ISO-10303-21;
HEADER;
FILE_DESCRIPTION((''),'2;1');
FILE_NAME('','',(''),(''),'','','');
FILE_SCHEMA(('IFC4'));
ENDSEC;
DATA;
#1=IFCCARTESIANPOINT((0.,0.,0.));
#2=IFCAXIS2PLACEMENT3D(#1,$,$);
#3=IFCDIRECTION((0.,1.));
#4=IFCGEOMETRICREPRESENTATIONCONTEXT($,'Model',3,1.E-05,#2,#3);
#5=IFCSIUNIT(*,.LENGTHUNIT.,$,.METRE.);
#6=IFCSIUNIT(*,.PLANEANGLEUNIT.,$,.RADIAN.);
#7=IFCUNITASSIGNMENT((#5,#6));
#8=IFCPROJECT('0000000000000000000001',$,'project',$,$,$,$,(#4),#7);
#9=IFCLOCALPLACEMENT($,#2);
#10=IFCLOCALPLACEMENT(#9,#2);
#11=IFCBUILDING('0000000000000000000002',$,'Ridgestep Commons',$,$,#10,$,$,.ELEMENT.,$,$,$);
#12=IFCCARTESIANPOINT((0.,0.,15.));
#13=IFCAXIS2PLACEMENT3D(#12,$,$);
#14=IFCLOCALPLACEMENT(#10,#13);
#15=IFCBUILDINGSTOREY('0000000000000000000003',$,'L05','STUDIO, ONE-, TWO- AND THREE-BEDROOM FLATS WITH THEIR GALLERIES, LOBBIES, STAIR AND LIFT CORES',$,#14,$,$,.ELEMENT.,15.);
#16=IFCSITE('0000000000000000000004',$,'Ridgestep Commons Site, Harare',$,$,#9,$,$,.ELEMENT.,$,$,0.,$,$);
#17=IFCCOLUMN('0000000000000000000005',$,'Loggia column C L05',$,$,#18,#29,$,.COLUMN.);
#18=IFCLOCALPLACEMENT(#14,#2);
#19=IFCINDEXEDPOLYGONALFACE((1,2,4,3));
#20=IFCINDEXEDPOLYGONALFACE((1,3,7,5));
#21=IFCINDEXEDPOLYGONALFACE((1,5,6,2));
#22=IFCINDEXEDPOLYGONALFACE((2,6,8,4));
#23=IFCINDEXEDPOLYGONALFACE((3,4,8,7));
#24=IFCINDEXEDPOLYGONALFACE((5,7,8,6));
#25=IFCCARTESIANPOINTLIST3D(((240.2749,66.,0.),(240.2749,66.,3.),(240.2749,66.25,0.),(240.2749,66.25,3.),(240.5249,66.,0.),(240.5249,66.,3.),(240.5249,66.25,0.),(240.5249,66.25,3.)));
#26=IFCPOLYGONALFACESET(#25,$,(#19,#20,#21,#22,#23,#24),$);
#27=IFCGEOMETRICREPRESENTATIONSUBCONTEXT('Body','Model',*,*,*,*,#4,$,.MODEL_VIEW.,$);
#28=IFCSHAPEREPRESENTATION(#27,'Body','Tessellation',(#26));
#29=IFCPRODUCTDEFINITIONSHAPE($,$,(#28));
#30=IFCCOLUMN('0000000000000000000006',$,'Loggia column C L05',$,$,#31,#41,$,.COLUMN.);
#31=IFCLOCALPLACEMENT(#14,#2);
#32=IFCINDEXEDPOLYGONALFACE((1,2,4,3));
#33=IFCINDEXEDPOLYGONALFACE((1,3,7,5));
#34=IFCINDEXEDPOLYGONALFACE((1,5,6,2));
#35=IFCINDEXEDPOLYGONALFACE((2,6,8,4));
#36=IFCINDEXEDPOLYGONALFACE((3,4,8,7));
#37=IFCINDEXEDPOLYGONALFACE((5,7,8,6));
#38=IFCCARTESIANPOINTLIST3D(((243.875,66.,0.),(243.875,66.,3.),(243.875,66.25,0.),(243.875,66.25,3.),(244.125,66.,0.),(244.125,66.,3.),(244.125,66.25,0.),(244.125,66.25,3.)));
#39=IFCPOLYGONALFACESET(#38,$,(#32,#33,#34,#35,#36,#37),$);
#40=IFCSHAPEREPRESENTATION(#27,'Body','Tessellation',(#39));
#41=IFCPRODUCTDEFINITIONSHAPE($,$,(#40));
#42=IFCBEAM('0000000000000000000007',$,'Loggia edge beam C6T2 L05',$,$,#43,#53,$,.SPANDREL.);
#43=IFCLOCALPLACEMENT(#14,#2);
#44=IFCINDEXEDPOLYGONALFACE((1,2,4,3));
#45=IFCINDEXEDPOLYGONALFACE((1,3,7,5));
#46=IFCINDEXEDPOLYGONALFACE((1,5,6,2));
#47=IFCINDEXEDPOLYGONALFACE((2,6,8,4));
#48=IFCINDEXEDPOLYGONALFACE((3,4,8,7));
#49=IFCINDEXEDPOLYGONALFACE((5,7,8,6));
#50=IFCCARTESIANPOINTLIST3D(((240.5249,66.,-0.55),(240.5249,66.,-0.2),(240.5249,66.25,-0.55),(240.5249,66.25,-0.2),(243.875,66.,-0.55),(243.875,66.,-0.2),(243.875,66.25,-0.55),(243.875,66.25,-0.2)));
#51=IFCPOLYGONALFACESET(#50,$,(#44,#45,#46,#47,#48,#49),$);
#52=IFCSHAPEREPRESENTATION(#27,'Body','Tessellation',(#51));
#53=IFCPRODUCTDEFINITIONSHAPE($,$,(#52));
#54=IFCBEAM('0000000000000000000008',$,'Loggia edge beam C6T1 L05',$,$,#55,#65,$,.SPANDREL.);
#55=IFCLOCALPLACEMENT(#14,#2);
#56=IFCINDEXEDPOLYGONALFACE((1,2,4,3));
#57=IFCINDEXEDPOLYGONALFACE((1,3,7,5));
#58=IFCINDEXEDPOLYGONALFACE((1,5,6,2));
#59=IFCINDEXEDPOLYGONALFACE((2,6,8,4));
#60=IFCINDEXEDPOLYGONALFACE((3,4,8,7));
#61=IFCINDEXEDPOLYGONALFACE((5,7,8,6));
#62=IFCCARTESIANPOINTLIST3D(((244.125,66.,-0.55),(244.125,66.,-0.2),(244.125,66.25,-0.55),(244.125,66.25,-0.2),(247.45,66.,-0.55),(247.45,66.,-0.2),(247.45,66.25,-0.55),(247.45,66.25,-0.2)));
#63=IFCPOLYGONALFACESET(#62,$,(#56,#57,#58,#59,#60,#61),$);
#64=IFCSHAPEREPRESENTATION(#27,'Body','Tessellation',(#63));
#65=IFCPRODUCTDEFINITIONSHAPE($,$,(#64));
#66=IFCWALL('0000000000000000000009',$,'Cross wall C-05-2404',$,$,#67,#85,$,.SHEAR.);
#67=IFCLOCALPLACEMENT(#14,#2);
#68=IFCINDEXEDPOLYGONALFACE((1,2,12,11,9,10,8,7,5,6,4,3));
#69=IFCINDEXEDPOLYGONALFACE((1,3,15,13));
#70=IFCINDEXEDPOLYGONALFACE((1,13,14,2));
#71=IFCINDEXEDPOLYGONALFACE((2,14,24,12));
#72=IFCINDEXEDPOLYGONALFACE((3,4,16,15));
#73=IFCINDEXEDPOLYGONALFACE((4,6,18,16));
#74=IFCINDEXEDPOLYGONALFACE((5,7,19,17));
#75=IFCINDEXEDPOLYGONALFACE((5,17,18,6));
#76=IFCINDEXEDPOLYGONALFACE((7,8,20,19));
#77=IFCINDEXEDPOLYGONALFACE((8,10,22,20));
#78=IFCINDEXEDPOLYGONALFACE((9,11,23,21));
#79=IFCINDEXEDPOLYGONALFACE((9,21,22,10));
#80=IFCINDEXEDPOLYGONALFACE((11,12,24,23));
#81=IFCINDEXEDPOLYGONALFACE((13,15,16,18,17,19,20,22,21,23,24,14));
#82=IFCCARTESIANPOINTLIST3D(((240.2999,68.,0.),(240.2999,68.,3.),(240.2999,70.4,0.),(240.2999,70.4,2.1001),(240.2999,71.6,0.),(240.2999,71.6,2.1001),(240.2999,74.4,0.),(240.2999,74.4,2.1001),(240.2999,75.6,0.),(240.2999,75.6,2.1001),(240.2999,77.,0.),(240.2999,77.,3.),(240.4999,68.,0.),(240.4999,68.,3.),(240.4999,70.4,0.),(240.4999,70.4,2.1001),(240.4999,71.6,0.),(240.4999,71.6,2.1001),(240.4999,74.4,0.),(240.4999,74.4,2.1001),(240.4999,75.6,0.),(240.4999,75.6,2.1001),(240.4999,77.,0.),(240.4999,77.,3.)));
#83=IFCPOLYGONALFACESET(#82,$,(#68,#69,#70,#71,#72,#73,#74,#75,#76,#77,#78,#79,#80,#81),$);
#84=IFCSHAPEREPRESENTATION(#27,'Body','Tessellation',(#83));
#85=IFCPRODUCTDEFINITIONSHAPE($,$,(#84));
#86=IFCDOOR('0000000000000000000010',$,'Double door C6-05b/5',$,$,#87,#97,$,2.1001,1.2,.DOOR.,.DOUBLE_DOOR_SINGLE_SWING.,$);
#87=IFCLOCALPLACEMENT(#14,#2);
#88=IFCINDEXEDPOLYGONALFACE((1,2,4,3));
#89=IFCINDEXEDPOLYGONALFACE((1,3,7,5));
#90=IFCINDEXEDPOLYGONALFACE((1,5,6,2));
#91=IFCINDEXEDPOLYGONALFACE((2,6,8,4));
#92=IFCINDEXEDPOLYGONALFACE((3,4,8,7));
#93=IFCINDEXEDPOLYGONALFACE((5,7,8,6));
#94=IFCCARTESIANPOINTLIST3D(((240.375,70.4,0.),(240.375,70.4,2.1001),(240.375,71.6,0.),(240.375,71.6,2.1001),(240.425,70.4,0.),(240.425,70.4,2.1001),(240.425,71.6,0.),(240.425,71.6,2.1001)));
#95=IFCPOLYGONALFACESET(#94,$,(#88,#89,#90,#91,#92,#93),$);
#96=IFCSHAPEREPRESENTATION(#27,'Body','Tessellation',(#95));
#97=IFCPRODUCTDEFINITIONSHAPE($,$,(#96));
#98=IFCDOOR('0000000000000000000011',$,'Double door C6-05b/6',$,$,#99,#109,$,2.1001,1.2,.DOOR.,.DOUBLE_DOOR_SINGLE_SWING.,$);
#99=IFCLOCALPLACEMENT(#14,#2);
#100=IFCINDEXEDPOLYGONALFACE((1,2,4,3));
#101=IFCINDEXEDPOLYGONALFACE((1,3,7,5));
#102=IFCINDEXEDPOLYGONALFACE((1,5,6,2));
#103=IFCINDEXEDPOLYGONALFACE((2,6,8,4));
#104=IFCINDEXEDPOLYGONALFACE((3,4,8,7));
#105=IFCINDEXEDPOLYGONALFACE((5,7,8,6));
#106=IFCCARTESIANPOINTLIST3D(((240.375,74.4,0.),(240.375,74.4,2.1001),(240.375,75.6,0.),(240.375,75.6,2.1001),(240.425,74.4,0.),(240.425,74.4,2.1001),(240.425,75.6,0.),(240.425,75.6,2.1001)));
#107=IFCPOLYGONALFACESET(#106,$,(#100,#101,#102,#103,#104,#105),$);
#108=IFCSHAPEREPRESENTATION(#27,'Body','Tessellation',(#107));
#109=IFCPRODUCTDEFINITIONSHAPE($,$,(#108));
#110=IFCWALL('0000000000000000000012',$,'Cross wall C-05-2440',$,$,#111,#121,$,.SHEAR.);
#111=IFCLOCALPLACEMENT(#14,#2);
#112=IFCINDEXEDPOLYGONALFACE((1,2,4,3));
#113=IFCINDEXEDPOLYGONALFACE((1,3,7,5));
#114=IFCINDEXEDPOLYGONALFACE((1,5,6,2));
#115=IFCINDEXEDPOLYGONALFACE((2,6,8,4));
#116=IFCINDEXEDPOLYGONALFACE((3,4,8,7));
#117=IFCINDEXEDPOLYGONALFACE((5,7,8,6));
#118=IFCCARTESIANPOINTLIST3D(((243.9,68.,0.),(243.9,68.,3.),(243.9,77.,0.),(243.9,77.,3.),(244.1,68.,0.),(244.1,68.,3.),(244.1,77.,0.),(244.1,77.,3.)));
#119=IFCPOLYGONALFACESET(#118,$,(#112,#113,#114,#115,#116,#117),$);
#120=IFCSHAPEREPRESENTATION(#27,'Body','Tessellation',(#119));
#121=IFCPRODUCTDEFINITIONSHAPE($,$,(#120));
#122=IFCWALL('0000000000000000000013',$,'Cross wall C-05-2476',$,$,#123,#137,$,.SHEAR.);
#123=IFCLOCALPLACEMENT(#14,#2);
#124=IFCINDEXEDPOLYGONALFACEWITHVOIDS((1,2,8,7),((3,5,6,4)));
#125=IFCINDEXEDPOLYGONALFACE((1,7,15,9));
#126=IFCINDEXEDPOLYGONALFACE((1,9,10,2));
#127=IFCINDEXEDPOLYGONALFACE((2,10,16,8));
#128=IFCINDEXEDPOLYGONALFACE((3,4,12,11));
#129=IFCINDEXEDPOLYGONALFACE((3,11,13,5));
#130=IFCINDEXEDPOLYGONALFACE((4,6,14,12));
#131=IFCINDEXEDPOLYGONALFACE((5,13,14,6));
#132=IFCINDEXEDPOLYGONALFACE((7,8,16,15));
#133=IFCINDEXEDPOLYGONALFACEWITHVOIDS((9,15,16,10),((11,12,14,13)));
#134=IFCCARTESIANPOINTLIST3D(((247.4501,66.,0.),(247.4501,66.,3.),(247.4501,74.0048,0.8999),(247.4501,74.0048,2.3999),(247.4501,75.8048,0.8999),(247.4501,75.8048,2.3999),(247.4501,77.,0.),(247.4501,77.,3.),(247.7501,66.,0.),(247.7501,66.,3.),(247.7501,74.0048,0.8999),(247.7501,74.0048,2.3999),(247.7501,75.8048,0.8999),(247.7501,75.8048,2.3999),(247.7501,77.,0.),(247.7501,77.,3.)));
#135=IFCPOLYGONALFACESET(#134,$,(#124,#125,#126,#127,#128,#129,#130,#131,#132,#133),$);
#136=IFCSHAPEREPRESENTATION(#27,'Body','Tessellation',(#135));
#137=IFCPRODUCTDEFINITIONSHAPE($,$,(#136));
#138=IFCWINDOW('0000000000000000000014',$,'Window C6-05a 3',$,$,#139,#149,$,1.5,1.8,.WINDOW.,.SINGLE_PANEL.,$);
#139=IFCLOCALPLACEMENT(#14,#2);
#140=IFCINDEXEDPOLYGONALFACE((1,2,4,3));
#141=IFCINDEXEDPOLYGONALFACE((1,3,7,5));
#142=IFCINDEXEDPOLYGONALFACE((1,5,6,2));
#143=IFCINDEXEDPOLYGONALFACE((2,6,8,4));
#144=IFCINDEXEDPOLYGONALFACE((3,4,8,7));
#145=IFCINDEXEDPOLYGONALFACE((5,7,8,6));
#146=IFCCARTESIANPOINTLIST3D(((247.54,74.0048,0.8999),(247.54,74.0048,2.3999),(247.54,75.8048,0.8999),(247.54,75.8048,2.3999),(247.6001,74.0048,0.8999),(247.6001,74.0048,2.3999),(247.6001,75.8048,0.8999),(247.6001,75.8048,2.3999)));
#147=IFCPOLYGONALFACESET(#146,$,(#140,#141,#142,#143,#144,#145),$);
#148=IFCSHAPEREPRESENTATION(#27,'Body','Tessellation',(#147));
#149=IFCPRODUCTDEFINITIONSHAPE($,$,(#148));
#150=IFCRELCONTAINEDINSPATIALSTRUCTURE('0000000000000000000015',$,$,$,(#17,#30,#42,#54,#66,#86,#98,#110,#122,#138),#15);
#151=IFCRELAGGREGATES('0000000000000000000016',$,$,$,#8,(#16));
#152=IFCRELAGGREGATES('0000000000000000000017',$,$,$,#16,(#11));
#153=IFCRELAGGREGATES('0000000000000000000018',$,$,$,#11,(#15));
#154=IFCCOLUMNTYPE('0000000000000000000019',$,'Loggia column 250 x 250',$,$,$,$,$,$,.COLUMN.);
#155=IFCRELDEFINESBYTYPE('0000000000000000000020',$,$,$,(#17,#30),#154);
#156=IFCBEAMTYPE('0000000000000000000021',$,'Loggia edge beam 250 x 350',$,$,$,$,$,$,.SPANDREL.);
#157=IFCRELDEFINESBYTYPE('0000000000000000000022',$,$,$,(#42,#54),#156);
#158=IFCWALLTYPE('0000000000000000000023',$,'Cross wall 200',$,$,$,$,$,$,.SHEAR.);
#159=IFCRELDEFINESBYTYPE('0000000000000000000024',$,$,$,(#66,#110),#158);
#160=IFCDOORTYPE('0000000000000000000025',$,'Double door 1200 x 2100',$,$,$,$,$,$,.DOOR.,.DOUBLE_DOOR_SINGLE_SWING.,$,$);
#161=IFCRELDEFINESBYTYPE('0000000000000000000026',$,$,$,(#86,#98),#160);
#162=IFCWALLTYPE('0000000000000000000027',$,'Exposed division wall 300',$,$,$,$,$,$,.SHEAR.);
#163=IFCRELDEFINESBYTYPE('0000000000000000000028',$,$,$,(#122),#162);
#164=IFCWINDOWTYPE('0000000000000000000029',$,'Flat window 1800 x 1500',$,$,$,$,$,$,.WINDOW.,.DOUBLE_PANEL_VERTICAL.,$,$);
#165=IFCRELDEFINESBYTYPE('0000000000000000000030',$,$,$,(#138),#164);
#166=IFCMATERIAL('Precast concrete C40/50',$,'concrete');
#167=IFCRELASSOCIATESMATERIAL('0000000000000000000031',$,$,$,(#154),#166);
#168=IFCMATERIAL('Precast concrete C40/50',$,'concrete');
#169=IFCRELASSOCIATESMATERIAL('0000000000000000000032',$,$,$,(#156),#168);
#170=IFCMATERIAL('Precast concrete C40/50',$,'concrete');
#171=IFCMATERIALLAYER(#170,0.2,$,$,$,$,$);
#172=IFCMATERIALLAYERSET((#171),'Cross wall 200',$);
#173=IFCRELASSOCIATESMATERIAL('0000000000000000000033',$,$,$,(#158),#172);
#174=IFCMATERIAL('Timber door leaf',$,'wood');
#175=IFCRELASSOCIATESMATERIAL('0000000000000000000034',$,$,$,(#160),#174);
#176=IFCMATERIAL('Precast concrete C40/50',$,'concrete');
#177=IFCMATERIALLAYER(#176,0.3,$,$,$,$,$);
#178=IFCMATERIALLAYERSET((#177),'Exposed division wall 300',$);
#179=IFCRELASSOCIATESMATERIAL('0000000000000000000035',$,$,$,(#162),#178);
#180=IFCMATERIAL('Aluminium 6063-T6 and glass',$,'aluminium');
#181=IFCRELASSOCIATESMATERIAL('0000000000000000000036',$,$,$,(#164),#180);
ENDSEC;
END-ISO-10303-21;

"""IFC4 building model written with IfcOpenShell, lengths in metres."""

from ifc_helpers import new_model, si_unit, direction, frame, frame_2d, origin, origin_2d, place, context, subcontext, project, spatial, rectangle, extrude, material, layer, layer_set, material_profile, profile_set, type_object, element, fill, save


model = new_model("IFC4")

# Units and contexts
model_context = context("Model", 3, precision=1e-05, world=origin(), true_north=direction((0.0, 1.0)))
body_context = subcontext(model_context, "Body", "Model", "MODEL_VIEW")
ifc_project = project(units=[si_unit("LENGTHUNIT", "METRE"), si_unit("PLANEANGLEUNIT", "RADIAN")], contexts=[model_context])

# Site, building, storey
site_placement = place(None, origin())
site = spatial("IfcSite", under=ifc_project, at=site_placement, Name="Ridgestep Commons Site, Harare", CompositionType="ELEMENT", RefElevation=0.0)
building_placement = place(site_placement, origin())
building = spatial("IfcBuilding", under=site, at=building_placement, Name="Ridgestep Commons", CompositionType="ELEMENT")
storey_placement = place(building_placement, frame((0.0, 0.0, 15.0)))
storey = spatial("IfcBuildingStorey", under=building, at=storey_placement, Name="L05", Description="STUDIO, ONE-, TWO- AND THREE-BEDROOM FLATS WITH THEIR GALLERIES, LOBBIES, STAIR AND LIFT CORES", CompositionType="ELEMENT", Elevation=15.0)

# Columns
ifc_material_1 = material(Name="Precast concrete C40/50", Category="concrete")
ifc_material_profile_1 = material_profile(ifc_material_1, rectangle(XDim=0.25, YDim=0.25, at=origin_2d()), Name="PC 250x250")
ifc_profile_set_1 = profile_set([ifc_material_profile_1], Name="Precast concrete C40/50")
column_type = type_object("IfcColumnType", Name="Loggia column 250 x 250", PredefinedType="COLUMN", material=ifc_profile_set_1)
for number, where, z_axis, x_axis, name in (
    (1, (240.3999, 66.125, 0.0), (0.0, 0.0, 1.0), (1.0, 0.0, 0.0), "Loggia column C L05"),
    (2, (244.0, 66.125, 0.0), (0.0, 0.0, 1.0), (1.0, 0.0, 0.0), "Loggia column C L05"),
):
    element("IfcColumn", number, at=place(storey_placement, frame(where, z_axis=z_axis, x_axis=x_axis)), inside=storey, type_object=column_type, Name=name, PredefinedType="COLUMN", context=body_context, shape_type="SweptSolid", body=[
        extrude(rectangle(XDim=0.25, YDim=0.25, at=origin_2d()), origin(), (0.0, 0.0, 1.0), 3.0),
    ])

# Beams
ifc_material_2 = material(Name="Precast concrete C40/50", Category="concrete")
ifc_material_profile_2 = material_profile(ifc_material_2, rectangle(XDim=0.25, YDim=0.3501, at=origin_2d()), Name="PC 250x350")
ifc_profile_set_2 = profile_set([ifc_material_profile_2], Name="Precast concrete C40/50")
beam_type = type_object("IfcBeamType", Name="Loggia edge beam 250 x 350", PredefinedType="SPANDREL", material=ifc_profile_set_2)
beam_1_placement = place(storey_placement, frame((240.5249, 66.125, -0.375), z_axis=(1.0, 0.0, 0.0), x_axis=(0.0, 1.0, 0.0)))
element("IfcBeam", 3, at=beam_1_placement, inside=storey, type_object=beam_type, Name="Loggia edge beam C6T2 L05", PredefinedType="SPANDREL", context=body_context, shape_type="SweptSolid", body=[
    extrude(rectangle(XDim=0.25, YDim=0.3501, at=origin_2d()), origin(), (0.0, 0.0, 1.0), 3.3501),
])
beam_2_placement = place(storey_placement, frame((244.125, 66.125, -0.375), z_axis=(1.0, 0.0, 0.0), x_axis=(0.0, 1.0, 0.0)))
element("IfcBeam", 4, at=beam_2_placement, inside=storey, type_object=beam_type, Name="Loggia edge beam C6T1 L05", PredefinedType="SPANDREL", context=body_context, shape_type="SweptSolid", body=[
    extrude(rectangle(XDim=0.25, YDim=0.3501, at=origin_2d()), origin(), (0.0, 0.0, 1.0), 3.325),
])

# Wall, openings, doors
ifc_material_3 = material(Name="Precast concrete C40/50", Category="concrete")
ifc_layer_1 = layer(ifc_material_3, 0.2)
ifc_layer_set_1 = layer_set([ifc_layer_1], Name="Cross wall 200")
wall_type_1 = type_object("IfcWallType", Name="Cross wall 200", PredefinedType="SHEAR", material=ifc_layer_set_1)
wall_1_placement = place(storey_placement, frame((240.3999, 68.0, 0.0), z_axis=(0.0, 0.0, 1.0), x_axis=(0.0, 1.0, 0.0)))
wall_1 = element("IfcWall", 5, at=wall_1_placement, inside=storey, type_object=wall_type_1, Name="Cross wall C-05-2404", PredefinedType="SHEAR", context=body_context, shape_type="SweptSolid", body=[
    extrude(rectangle(XDim=9.0, YDim=0.2, at=frame_2d((4.5, 0.0))), origin(), (0.0, 0.0, 1.0), 3.0),
])
opening_1_placement = place(wall_1_placement, frame((2.3999, 0.0, 0.0)))
opening_1 = element("IfcOpeningElement", 6, at=opening_1_placement, cuts=wall_1, PredefinedType="OPENING", context=body_context, shape_type="SweptSolid", body=[
    extrude(rectangle(XDim=1.2, YDim=2.1001, at=frame_2d((0.6001, 1.05))), frame((0.0, 0.1099, 0.0), z_axis=(0.0, -1.0, 0.0), x_axis=(1.0, 0.0, 0.0)), (0.0, 0.0, 1.0), 0.22),
])
opening_2_placement = place(wall_1_placement, frame((6.3999, 0.0, 0.0)))
opening_2 = element("IfcOpeningElement", 7, at=opening_2_placement, cuts=wall_1, PredefinedType="OPENING", context=body_context, shape_type="SweptSolid", body=[
    extrude(rectangle(XDim=1.2, YDim=2.1001, at=frame_2d((0.6001, 1.05))), frame((0.0, 0.1099, 0.0), z_axis=(0.0, -1.0, 0.0), x_axis=(1.0, 0.0, 0.0)), (0.0, 0.0, 1.0), 0.22),
])
ifc_material_4 = material(Name="Timber door leaf", Category="wood")
door_type_1 = type_object("IfcDoorType", Name="Double door 1200 x 2100", OperationType="DOUBLE_DOOR_SINGLE_SWING", PredefinedType="DOOR", material=ifc_material_4)
door_1_placement = place(opening_1_placement, origin())
door_1 = element("IfcDoor", 8, at=door_1_placement, inside=storey, type_object=door_type_1, Name="Double door C6-05b/5", OperationType="DOUBLE_DOOR_SINGLE_SWING", OverallHeight=2.1001, OverallWidth=1.2, PredefinedType="DOOR", context=body_context, shape_type="SweptSolid", body=[
    extrude(rectangle(XDim=1.2, YDim=2.1001, at=frame_2d((0.6001, 1.05))), frame((0.0, 0.0249, 0.0), z_axis=(0.0, -1.0, 0.0), x_axis=(1.0, 0.0, 0.0)), (0.0, 0.0, 1.0), 0.05),
])
fill(opening_1, door_1)
door_2_placement = place(opening_2_placement, origin())
door_2 = element("IfcDoor", 9, at=door_2_placement, inside=storey, type_object=door_type_1, Name="Double door C6-05b/6", OperationType="DOUBLE_DOOR_SINGLE_SWING", OverallHeight=2.1001, OverallWidth=1.2, PredefinedType="DOOR", context=body_context, shape_type="SweptSolid", body=[
    extrude(rectangle(XDim=1.2, YDim=2.1001, at=frame_2d((0.6001, 1.05))), frame((0.0, 0.0249, 0.0), z_axis=(0.0, -1.0, 0.0), x_axis=(1.0, 0.0, 0.0)), (0.0, 0.0, 1.0), 0.05),
])
fill(opening_2, door_2)

# Wall
wall_2_placement = place(storey_placement, frame((244.0, 68.0, 0.0), z_axis=(0.0, 0.0, 1.0), x_axis=(0.0, 1.0, 0.0)))
element("IfcWall", 10, at=wall_2_placement, inside=storey, type_object=wall_type_1, Name="Cross wall C-05-2440", PredefinedType="SHEAR", context=body_context, shape_type="SweptSolid", body=[
    extrude(rectangle(XDim=9.0, YDim=0.2, at=frame_2d((4.5, 0.0))), origin(), (0.0, 0.0, 1.0), 3.0),
])

# Wall, opening, window
ifc_material_5 = material(Name="Precast concrete C40/50", Category="concrete")
ifc_layer_2 = layer(ifc_material_5, 0.3)
ifc_layer_set_2 = layer_set([ifc_layer_2], Name="Exposed division wall 300")
wall_type_2 = type_object("IfcWallType", Name="Exposed division wall 300", PredefinedType="SHEAR", material=ifc_layer_set_2)
wall_3_placement = place(storey_placement, frame((247.6001, 66.0, 0.0), z_axis=(0.0, 0.0, 1.0), x_axis=(0.0, 1.0, 0.0)))
wall_3 = element("IfcWall", 11, at=wall_3_placement, inside=storey, type_object=wall_type_2, Name="Cross wall C-05-2476", PredefinedType="SHEAR", context=body_context, shape_type="SweptSolid", body=[
    extrude(rectangle(XDim=11.0, YDim=0.3, at=frame_2d((5.5, 0.0))), origin(), (0.0, 0.0, 1.0), 3.0),
])
opening_3_placement = place(wall_3_placement, frame((8.0049, 0.0, 0.8999)))
opening_3 = element("IfcOpeningElement", 12, at=opening_3_placement, cuts=wall_3, PredefinedType="OPENING", context=body_context, shape_type="SweptSolid", body=[
    extrude(rectangle(XDim=1.8, YDim=1.5, at=frame_2d((0.8999, 0.75))), frame((0.0, 0.1599, 0.0), z_axis=(0.0, -1.0, 0.0), x_axis=(1.0, 0.0, 0.0)), (0.0, 0.0, 1.0), 0.3201),
])
ifc_material_6 = material(Name="Aluminium 6063-T6 and glass", Category="aluminium")
window_type_1 = type_object("IfcWindowType", Name="Flat window 1800 x 1500", PartitioningType="DOUBLE_PANEL_VERTICAL", PredefinedType="WINDOW", material=ifc_material_6)
window_1_placement = place(opening_3_placement, origin())
window_1 = element("IfcWindow", 13, at=window_1_placement, inside=storey, type_object=window_type_1, Name="Window C6-05a 3", OverallHeight=1.5, OverallWidth=1.8, PartitioningType="SINGLE_PANEL", PredefinedType="WINDOW", context=body_context, shape_type="SweptSolid", body=[
    extrude(rectangle(XDim=1.8, YDim=1.5, at=frame_2d((0.8999, 0.75))), frame((0.0, 0.0601, 0.0), z_axis=(0.0, -1.0, 0.0), x_axis=(1.0, 0.0, 0.0)), (0.0, 0.0, 1.0), 0.0601),
])
fill(opening_3, window_1)

save(model, "model.ifc")
